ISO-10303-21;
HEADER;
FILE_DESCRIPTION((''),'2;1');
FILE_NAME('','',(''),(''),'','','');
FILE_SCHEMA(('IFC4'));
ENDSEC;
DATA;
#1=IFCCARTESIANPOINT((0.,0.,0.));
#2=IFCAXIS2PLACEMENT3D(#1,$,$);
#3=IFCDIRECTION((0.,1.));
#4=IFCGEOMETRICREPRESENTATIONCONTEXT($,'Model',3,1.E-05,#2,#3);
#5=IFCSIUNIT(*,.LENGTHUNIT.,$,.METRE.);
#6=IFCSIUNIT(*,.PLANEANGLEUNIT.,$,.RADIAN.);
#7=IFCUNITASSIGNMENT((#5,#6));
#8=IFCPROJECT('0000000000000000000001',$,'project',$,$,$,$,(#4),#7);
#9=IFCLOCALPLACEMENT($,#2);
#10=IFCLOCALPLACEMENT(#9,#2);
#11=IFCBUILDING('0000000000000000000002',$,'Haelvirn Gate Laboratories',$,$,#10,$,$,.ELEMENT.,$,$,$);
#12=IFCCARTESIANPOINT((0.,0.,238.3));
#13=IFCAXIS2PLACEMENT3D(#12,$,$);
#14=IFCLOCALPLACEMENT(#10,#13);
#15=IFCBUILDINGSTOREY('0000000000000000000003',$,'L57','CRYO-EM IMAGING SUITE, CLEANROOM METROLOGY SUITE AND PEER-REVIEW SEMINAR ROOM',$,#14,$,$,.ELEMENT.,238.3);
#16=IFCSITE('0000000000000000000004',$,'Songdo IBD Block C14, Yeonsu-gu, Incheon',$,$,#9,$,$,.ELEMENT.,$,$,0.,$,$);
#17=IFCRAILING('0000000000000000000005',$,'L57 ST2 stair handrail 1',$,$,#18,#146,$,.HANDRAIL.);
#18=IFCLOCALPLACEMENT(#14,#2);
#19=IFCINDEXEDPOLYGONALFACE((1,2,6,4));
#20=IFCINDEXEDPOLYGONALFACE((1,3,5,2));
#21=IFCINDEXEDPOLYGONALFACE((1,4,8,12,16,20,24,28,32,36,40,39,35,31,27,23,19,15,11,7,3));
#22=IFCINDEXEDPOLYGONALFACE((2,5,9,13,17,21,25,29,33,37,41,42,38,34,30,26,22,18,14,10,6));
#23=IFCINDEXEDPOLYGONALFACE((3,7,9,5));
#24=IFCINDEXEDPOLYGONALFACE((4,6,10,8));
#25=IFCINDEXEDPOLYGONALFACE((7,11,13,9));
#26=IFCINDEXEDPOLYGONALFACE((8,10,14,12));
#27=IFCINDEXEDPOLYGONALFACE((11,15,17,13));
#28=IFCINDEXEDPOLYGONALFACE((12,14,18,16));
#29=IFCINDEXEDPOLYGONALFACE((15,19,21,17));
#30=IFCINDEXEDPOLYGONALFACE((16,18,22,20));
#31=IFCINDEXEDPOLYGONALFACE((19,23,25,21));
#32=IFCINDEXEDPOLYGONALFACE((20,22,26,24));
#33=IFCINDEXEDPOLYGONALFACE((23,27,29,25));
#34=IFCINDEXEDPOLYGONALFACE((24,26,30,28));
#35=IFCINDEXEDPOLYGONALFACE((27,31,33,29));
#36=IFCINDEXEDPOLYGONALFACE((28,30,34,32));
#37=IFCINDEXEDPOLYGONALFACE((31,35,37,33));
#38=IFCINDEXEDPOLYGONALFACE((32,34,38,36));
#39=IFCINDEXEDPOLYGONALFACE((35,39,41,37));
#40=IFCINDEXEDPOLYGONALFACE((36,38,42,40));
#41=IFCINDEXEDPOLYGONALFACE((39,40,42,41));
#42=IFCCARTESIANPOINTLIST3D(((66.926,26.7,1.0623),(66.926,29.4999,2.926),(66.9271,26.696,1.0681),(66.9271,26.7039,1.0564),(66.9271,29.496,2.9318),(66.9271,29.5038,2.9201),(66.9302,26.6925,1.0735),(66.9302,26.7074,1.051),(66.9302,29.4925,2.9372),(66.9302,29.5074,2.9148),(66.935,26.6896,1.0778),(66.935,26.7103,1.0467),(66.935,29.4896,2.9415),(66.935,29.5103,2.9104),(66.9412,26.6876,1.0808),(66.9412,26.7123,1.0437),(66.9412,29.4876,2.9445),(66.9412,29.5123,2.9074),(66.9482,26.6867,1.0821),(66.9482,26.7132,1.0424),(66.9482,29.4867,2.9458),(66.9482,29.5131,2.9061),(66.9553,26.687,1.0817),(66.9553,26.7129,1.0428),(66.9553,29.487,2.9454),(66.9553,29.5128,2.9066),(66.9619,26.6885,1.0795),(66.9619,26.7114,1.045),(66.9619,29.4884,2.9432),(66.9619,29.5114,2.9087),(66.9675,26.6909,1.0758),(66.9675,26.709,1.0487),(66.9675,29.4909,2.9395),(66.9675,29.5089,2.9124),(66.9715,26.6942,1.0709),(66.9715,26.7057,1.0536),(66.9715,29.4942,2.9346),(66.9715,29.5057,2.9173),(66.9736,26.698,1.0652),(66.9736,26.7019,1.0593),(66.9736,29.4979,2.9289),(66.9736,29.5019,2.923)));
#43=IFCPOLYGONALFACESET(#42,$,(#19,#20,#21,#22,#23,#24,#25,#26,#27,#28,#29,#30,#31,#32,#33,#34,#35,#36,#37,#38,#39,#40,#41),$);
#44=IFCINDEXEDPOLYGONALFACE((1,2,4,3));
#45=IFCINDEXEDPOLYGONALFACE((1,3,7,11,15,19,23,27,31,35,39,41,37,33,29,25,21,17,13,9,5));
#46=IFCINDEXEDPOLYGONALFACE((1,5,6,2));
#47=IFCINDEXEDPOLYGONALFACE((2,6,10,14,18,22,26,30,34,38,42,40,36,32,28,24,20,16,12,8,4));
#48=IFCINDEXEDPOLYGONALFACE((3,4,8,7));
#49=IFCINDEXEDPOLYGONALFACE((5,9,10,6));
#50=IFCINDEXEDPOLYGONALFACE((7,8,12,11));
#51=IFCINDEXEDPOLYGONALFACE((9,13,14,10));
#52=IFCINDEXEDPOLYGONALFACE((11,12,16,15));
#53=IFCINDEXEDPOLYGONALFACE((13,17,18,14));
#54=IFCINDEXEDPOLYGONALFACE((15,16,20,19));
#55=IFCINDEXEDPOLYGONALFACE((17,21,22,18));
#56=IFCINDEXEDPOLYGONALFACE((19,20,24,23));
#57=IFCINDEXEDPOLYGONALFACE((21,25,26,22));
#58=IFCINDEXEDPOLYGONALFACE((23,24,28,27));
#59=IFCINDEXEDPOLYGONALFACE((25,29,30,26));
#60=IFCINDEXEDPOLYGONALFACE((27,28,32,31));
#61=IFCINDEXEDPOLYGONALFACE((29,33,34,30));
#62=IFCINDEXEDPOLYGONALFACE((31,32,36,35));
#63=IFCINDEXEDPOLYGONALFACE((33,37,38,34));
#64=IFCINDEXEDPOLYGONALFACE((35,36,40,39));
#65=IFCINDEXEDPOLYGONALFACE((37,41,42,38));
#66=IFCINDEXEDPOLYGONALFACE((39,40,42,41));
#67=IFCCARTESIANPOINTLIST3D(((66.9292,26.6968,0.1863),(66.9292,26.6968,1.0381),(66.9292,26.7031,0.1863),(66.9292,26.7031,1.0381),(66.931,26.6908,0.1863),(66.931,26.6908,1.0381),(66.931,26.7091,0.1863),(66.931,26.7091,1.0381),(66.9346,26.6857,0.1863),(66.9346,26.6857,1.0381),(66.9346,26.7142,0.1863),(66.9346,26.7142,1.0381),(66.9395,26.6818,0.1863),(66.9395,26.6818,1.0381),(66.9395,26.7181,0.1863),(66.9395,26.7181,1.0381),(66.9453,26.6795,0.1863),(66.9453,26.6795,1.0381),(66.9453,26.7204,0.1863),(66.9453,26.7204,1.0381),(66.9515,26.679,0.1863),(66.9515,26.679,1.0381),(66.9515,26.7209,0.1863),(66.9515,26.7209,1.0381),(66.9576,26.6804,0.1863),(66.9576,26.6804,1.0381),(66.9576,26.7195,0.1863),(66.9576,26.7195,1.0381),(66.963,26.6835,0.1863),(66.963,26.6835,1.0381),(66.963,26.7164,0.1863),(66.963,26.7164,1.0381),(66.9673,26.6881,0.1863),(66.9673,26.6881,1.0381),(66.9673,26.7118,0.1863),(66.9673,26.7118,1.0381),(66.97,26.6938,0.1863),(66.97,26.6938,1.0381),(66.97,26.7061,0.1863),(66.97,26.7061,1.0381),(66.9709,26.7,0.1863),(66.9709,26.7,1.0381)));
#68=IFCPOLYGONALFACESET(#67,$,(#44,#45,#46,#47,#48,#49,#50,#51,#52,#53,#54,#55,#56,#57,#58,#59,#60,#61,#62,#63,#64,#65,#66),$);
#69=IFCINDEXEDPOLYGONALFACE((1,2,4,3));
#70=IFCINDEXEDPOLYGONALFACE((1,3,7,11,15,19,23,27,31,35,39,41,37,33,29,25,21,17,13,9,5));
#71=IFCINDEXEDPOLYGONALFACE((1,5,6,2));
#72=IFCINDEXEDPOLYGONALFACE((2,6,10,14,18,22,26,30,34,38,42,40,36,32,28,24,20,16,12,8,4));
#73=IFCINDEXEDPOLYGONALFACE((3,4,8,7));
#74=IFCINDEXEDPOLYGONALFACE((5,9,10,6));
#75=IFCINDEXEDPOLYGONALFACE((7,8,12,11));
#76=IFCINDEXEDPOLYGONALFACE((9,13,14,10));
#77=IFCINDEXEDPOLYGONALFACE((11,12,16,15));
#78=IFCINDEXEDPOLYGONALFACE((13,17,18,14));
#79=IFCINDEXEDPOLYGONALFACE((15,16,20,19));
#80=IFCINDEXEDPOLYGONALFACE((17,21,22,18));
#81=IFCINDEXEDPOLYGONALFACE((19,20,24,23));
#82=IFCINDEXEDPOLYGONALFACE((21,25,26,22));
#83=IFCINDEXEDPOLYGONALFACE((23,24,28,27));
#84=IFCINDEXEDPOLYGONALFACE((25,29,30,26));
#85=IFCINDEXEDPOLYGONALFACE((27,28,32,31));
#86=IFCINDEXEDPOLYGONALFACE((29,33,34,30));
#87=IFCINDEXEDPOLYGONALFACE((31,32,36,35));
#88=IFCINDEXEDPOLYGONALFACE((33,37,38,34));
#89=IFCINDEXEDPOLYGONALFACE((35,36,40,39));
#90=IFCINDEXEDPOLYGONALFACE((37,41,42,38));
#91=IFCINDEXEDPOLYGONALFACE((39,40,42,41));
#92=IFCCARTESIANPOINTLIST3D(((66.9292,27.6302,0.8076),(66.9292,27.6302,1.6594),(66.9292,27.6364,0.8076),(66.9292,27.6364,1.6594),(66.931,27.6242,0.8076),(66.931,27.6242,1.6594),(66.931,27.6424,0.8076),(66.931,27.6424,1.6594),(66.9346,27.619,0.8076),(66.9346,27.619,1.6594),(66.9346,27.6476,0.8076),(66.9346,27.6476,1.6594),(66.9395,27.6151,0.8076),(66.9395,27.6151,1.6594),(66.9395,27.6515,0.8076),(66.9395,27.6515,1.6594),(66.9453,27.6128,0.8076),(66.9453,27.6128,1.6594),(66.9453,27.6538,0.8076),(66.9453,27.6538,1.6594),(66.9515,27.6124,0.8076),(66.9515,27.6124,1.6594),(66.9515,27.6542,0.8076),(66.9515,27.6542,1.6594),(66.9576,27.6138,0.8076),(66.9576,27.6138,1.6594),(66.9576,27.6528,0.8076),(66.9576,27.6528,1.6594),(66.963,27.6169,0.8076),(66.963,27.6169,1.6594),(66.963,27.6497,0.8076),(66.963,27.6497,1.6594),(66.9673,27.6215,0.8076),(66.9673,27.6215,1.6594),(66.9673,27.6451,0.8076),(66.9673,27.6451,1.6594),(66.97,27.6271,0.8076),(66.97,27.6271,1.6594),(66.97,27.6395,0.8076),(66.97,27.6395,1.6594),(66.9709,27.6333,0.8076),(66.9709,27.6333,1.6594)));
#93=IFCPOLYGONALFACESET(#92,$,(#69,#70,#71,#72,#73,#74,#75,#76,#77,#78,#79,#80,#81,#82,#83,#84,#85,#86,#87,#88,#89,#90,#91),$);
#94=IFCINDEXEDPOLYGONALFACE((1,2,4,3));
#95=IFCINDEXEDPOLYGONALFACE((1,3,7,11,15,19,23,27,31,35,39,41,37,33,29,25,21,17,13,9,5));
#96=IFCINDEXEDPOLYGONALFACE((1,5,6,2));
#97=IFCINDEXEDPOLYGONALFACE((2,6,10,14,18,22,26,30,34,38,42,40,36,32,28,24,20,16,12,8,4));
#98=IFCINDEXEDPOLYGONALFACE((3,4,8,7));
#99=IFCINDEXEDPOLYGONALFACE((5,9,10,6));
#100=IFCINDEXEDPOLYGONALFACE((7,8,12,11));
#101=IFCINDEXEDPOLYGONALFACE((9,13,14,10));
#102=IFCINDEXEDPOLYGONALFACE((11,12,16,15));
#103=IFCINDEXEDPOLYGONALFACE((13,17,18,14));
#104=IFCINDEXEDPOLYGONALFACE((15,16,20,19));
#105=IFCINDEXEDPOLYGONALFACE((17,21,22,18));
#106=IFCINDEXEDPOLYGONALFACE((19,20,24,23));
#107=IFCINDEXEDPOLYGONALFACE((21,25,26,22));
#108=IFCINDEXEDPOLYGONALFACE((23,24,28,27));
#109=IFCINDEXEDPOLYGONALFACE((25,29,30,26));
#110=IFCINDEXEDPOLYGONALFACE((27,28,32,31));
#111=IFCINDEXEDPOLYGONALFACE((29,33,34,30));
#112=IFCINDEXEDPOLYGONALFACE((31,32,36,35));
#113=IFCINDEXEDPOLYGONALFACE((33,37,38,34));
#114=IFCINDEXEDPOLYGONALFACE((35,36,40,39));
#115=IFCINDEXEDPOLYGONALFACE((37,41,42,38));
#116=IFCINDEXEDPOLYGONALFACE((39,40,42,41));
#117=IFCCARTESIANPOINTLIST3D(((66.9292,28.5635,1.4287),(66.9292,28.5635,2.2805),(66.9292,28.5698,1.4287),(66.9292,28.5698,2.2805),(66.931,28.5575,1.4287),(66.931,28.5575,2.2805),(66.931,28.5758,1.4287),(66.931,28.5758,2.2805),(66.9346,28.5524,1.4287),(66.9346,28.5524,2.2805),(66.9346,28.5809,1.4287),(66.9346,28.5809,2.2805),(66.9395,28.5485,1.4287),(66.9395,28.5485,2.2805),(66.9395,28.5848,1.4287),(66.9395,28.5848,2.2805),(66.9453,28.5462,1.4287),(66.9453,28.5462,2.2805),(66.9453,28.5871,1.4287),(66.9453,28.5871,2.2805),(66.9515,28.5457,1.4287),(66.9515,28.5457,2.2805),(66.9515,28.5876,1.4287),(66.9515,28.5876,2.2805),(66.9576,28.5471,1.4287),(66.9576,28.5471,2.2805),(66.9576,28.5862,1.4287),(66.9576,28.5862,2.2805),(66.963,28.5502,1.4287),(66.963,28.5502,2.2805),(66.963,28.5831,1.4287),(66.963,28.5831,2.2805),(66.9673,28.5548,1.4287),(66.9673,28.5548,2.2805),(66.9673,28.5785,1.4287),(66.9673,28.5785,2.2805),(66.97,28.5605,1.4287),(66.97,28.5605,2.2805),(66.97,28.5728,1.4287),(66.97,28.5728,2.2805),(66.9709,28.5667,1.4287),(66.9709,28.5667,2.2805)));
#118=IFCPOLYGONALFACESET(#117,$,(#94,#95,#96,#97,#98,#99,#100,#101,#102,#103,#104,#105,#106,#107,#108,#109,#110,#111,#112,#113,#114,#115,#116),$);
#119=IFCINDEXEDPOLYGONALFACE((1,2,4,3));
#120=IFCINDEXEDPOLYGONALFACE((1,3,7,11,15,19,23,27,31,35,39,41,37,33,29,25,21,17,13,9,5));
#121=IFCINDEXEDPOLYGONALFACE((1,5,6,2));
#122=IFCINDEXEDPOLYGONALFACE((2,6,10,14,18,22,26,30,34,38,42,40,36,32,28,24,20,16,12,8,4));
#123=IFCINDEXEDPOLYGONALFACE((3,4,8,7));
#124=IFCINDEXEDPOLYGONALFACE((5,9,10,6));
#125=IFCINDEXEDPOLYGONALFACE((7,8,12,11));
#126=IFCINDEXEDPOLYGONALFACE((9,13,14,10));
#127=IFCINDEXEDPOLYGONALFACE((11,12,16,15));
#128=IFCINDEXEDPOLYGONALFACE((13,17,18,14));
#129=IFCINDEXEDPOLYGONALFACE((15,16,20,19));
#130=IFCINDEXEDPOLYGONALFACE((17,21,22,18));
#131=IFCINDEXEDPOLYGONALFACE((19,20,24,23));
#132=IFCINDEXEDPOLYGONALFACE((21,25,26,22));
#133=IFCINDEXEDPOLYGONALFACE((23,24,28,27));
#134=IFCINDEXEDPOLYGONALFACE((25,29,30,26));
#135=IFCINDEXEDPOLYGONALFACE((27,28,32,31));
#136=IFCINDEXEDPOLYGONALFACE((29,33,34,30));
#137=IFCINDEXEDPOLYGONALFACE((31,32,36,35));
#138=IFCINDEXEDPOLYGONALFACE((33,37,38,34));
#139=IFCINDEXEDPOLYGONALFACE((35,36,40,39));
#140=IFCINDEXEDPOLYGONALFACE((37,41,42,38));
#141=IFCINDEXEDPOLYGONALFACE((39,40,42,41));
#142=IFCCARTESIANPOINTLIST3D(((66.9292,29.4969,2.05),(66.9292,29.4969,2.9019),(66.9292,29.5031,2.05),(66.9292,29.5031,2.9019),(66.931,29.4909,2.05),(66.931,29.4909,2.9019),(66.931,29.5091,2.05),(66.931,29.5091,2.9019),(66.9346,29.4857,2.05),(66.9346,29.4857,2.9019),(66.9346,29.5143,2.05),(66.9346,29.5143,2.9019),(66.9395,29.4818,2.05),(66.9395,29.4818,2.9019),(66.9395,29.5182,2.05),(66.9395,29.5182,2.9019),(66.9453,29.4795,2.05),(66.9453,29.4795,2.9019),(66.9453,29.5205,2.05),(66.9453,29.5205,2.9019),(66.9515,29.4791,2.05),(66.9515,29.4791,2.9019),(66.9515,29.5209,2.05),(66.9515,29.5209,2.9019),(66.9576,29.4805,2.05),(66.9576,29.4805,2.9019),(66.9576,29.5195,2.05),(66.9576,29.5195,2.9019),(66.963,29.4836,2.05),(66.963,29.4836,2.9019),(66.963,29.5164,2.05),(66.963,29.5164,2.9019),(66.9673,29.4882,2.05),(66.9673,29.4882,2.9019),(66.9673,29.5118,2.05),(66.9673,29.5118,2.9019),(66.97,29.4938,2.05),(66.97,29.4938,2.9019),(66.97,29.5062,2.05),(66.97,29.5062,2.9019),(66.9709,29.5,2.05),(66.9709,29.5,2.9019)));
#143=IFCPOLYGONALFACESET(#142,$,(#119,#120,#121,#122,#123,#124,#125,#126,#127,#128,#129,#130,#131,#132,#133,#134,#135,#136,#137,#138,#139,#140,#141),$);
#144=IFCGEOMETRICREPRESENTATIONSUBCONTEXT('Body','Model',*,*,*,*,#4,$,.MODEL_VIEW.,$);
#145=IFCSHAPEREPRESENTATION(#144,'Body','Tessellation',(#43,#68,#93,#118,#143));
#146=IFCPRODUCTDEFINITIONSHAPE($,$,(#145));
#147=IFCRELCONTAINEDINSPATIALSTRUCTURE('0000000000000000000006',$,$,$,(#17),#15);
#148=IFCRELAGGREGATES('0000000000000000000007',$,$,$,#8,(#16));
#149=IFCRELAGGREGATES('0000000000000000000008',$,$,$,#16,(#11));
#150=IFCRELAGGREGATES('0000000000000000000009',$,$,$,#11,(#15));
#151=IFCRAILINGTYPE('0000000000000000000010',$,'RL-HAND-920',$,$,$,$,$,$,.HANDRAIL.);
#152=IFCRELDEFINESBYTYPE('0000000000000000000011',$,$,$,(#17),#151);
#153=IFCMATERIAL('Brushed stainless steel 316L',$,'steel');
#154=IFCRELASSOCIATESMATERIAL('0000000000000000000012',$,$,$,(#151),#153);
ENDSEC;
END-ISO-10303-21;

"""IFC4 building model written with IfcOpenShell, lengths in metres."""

from ifc_helpers import new_model, si_unit, direction, frame, origin, origin_2d, place, context, subcontext, project, spatial, circle, extrude, source, transform, mapped, material, type_object, element, save


model = new_model("IFC4")

# Units and contexts
model_context = context("Model", 3, precision=1e-05, world=origin(), true_north=direction((0.0, 1.0)))
body_context = subcontext(model_context, "Body", "Model", "MODEL_VIEW")
ifc_project = project(units=[si_unit("LENGTHUNIT", "METRE"), si_unit("PLANEANGLEUNIT", "RADIAN")], contexts=[model_context])

# Site, building, storey
site_placement = place(None, origin())
site = spatial("IfcSite", under=ifc_project, at=site_placement, Name="Songdo IBD Block C14, Yeonsu-gu, Incheon", CompositionType="ELEMENT", RefElevation=0.0)
building_placement = place(site_placement, origin())
building = spatial("IfcBuilding", under=site, at=building_placement, Name="Haelvirn Gate Laboratories", CompositionType="ELEMENT")
storey_placement = place(building_placement, frame((0.0, 0.0, 238.3)))
storey = spatial("IfcBuildingStorey", under=building, at=storey_placement, Name="L57", Description="CRYO-EM IMAGING SUITE, CLEANROOM METROLOGY SUITE AND PEER-REVIEW SEMINAR ROOM", CompositionType="ELEMENT", Elevation=238.3)

# Railing
ifc_material_1 = material(Name="Brushed stainless steel 316L", Category="steel")
railing_type_1 = type_object("IfcRailingType", Name="RL-HAND-920", PredefinedType="HANDRAIL", material=ifc_material_1)
shared_shape_1 = source(origin(), body_context, "Body", "SweptSolid", [
    extrude(circle(Radius=0.0239, at=origin_2d()), frame((0.0, 0.0, 0.876), z_axis=(0.0, 0.832452, 0.554097), x_axis=(-1.0, 0.0, 0.0)), (0.0, 0.0, 1.0), 3.3635),
    extrude(circle(Radius=0.021, at=origin_2d()), origin(), (0.0, 0.0, 1.0), 0.8518),
    extrude(circle(Radius=0.021, at=origin_2d()), frame((0.0, 0.9333, 0.6213)), (0.0, 0.0, 1.0), 0.8518),
    extrude(circle(Radius=0.021, at=origin_2d()), frame((0.0, 1.8667, 1.2424)), (0.0, 0.0, 1.0), 0.8518),
    extrude(circle(Radius=0.021, at=origin_2d()), frame((0.0, 2.8, 1.8638)), (0.0, 0.0, 1.0), 0.8518),
])
railing_1_placement = place(storey_placement, frame((66.95, 26.7, 0.1863)))
element("IfcRailing", 1, at=railing_1_placement, inside=storey, type_object=railing_type_1, Name="L57 ST2 stair handrail 1", PredefinedType="HANDRAIL", context=body_context, shape_type="MappedRepresentation", body=[
    mapped(shared_shape_1, transform((0.0, 0.0, 0.0), scale=1.0)),
])

save(model, "model.ifc")
